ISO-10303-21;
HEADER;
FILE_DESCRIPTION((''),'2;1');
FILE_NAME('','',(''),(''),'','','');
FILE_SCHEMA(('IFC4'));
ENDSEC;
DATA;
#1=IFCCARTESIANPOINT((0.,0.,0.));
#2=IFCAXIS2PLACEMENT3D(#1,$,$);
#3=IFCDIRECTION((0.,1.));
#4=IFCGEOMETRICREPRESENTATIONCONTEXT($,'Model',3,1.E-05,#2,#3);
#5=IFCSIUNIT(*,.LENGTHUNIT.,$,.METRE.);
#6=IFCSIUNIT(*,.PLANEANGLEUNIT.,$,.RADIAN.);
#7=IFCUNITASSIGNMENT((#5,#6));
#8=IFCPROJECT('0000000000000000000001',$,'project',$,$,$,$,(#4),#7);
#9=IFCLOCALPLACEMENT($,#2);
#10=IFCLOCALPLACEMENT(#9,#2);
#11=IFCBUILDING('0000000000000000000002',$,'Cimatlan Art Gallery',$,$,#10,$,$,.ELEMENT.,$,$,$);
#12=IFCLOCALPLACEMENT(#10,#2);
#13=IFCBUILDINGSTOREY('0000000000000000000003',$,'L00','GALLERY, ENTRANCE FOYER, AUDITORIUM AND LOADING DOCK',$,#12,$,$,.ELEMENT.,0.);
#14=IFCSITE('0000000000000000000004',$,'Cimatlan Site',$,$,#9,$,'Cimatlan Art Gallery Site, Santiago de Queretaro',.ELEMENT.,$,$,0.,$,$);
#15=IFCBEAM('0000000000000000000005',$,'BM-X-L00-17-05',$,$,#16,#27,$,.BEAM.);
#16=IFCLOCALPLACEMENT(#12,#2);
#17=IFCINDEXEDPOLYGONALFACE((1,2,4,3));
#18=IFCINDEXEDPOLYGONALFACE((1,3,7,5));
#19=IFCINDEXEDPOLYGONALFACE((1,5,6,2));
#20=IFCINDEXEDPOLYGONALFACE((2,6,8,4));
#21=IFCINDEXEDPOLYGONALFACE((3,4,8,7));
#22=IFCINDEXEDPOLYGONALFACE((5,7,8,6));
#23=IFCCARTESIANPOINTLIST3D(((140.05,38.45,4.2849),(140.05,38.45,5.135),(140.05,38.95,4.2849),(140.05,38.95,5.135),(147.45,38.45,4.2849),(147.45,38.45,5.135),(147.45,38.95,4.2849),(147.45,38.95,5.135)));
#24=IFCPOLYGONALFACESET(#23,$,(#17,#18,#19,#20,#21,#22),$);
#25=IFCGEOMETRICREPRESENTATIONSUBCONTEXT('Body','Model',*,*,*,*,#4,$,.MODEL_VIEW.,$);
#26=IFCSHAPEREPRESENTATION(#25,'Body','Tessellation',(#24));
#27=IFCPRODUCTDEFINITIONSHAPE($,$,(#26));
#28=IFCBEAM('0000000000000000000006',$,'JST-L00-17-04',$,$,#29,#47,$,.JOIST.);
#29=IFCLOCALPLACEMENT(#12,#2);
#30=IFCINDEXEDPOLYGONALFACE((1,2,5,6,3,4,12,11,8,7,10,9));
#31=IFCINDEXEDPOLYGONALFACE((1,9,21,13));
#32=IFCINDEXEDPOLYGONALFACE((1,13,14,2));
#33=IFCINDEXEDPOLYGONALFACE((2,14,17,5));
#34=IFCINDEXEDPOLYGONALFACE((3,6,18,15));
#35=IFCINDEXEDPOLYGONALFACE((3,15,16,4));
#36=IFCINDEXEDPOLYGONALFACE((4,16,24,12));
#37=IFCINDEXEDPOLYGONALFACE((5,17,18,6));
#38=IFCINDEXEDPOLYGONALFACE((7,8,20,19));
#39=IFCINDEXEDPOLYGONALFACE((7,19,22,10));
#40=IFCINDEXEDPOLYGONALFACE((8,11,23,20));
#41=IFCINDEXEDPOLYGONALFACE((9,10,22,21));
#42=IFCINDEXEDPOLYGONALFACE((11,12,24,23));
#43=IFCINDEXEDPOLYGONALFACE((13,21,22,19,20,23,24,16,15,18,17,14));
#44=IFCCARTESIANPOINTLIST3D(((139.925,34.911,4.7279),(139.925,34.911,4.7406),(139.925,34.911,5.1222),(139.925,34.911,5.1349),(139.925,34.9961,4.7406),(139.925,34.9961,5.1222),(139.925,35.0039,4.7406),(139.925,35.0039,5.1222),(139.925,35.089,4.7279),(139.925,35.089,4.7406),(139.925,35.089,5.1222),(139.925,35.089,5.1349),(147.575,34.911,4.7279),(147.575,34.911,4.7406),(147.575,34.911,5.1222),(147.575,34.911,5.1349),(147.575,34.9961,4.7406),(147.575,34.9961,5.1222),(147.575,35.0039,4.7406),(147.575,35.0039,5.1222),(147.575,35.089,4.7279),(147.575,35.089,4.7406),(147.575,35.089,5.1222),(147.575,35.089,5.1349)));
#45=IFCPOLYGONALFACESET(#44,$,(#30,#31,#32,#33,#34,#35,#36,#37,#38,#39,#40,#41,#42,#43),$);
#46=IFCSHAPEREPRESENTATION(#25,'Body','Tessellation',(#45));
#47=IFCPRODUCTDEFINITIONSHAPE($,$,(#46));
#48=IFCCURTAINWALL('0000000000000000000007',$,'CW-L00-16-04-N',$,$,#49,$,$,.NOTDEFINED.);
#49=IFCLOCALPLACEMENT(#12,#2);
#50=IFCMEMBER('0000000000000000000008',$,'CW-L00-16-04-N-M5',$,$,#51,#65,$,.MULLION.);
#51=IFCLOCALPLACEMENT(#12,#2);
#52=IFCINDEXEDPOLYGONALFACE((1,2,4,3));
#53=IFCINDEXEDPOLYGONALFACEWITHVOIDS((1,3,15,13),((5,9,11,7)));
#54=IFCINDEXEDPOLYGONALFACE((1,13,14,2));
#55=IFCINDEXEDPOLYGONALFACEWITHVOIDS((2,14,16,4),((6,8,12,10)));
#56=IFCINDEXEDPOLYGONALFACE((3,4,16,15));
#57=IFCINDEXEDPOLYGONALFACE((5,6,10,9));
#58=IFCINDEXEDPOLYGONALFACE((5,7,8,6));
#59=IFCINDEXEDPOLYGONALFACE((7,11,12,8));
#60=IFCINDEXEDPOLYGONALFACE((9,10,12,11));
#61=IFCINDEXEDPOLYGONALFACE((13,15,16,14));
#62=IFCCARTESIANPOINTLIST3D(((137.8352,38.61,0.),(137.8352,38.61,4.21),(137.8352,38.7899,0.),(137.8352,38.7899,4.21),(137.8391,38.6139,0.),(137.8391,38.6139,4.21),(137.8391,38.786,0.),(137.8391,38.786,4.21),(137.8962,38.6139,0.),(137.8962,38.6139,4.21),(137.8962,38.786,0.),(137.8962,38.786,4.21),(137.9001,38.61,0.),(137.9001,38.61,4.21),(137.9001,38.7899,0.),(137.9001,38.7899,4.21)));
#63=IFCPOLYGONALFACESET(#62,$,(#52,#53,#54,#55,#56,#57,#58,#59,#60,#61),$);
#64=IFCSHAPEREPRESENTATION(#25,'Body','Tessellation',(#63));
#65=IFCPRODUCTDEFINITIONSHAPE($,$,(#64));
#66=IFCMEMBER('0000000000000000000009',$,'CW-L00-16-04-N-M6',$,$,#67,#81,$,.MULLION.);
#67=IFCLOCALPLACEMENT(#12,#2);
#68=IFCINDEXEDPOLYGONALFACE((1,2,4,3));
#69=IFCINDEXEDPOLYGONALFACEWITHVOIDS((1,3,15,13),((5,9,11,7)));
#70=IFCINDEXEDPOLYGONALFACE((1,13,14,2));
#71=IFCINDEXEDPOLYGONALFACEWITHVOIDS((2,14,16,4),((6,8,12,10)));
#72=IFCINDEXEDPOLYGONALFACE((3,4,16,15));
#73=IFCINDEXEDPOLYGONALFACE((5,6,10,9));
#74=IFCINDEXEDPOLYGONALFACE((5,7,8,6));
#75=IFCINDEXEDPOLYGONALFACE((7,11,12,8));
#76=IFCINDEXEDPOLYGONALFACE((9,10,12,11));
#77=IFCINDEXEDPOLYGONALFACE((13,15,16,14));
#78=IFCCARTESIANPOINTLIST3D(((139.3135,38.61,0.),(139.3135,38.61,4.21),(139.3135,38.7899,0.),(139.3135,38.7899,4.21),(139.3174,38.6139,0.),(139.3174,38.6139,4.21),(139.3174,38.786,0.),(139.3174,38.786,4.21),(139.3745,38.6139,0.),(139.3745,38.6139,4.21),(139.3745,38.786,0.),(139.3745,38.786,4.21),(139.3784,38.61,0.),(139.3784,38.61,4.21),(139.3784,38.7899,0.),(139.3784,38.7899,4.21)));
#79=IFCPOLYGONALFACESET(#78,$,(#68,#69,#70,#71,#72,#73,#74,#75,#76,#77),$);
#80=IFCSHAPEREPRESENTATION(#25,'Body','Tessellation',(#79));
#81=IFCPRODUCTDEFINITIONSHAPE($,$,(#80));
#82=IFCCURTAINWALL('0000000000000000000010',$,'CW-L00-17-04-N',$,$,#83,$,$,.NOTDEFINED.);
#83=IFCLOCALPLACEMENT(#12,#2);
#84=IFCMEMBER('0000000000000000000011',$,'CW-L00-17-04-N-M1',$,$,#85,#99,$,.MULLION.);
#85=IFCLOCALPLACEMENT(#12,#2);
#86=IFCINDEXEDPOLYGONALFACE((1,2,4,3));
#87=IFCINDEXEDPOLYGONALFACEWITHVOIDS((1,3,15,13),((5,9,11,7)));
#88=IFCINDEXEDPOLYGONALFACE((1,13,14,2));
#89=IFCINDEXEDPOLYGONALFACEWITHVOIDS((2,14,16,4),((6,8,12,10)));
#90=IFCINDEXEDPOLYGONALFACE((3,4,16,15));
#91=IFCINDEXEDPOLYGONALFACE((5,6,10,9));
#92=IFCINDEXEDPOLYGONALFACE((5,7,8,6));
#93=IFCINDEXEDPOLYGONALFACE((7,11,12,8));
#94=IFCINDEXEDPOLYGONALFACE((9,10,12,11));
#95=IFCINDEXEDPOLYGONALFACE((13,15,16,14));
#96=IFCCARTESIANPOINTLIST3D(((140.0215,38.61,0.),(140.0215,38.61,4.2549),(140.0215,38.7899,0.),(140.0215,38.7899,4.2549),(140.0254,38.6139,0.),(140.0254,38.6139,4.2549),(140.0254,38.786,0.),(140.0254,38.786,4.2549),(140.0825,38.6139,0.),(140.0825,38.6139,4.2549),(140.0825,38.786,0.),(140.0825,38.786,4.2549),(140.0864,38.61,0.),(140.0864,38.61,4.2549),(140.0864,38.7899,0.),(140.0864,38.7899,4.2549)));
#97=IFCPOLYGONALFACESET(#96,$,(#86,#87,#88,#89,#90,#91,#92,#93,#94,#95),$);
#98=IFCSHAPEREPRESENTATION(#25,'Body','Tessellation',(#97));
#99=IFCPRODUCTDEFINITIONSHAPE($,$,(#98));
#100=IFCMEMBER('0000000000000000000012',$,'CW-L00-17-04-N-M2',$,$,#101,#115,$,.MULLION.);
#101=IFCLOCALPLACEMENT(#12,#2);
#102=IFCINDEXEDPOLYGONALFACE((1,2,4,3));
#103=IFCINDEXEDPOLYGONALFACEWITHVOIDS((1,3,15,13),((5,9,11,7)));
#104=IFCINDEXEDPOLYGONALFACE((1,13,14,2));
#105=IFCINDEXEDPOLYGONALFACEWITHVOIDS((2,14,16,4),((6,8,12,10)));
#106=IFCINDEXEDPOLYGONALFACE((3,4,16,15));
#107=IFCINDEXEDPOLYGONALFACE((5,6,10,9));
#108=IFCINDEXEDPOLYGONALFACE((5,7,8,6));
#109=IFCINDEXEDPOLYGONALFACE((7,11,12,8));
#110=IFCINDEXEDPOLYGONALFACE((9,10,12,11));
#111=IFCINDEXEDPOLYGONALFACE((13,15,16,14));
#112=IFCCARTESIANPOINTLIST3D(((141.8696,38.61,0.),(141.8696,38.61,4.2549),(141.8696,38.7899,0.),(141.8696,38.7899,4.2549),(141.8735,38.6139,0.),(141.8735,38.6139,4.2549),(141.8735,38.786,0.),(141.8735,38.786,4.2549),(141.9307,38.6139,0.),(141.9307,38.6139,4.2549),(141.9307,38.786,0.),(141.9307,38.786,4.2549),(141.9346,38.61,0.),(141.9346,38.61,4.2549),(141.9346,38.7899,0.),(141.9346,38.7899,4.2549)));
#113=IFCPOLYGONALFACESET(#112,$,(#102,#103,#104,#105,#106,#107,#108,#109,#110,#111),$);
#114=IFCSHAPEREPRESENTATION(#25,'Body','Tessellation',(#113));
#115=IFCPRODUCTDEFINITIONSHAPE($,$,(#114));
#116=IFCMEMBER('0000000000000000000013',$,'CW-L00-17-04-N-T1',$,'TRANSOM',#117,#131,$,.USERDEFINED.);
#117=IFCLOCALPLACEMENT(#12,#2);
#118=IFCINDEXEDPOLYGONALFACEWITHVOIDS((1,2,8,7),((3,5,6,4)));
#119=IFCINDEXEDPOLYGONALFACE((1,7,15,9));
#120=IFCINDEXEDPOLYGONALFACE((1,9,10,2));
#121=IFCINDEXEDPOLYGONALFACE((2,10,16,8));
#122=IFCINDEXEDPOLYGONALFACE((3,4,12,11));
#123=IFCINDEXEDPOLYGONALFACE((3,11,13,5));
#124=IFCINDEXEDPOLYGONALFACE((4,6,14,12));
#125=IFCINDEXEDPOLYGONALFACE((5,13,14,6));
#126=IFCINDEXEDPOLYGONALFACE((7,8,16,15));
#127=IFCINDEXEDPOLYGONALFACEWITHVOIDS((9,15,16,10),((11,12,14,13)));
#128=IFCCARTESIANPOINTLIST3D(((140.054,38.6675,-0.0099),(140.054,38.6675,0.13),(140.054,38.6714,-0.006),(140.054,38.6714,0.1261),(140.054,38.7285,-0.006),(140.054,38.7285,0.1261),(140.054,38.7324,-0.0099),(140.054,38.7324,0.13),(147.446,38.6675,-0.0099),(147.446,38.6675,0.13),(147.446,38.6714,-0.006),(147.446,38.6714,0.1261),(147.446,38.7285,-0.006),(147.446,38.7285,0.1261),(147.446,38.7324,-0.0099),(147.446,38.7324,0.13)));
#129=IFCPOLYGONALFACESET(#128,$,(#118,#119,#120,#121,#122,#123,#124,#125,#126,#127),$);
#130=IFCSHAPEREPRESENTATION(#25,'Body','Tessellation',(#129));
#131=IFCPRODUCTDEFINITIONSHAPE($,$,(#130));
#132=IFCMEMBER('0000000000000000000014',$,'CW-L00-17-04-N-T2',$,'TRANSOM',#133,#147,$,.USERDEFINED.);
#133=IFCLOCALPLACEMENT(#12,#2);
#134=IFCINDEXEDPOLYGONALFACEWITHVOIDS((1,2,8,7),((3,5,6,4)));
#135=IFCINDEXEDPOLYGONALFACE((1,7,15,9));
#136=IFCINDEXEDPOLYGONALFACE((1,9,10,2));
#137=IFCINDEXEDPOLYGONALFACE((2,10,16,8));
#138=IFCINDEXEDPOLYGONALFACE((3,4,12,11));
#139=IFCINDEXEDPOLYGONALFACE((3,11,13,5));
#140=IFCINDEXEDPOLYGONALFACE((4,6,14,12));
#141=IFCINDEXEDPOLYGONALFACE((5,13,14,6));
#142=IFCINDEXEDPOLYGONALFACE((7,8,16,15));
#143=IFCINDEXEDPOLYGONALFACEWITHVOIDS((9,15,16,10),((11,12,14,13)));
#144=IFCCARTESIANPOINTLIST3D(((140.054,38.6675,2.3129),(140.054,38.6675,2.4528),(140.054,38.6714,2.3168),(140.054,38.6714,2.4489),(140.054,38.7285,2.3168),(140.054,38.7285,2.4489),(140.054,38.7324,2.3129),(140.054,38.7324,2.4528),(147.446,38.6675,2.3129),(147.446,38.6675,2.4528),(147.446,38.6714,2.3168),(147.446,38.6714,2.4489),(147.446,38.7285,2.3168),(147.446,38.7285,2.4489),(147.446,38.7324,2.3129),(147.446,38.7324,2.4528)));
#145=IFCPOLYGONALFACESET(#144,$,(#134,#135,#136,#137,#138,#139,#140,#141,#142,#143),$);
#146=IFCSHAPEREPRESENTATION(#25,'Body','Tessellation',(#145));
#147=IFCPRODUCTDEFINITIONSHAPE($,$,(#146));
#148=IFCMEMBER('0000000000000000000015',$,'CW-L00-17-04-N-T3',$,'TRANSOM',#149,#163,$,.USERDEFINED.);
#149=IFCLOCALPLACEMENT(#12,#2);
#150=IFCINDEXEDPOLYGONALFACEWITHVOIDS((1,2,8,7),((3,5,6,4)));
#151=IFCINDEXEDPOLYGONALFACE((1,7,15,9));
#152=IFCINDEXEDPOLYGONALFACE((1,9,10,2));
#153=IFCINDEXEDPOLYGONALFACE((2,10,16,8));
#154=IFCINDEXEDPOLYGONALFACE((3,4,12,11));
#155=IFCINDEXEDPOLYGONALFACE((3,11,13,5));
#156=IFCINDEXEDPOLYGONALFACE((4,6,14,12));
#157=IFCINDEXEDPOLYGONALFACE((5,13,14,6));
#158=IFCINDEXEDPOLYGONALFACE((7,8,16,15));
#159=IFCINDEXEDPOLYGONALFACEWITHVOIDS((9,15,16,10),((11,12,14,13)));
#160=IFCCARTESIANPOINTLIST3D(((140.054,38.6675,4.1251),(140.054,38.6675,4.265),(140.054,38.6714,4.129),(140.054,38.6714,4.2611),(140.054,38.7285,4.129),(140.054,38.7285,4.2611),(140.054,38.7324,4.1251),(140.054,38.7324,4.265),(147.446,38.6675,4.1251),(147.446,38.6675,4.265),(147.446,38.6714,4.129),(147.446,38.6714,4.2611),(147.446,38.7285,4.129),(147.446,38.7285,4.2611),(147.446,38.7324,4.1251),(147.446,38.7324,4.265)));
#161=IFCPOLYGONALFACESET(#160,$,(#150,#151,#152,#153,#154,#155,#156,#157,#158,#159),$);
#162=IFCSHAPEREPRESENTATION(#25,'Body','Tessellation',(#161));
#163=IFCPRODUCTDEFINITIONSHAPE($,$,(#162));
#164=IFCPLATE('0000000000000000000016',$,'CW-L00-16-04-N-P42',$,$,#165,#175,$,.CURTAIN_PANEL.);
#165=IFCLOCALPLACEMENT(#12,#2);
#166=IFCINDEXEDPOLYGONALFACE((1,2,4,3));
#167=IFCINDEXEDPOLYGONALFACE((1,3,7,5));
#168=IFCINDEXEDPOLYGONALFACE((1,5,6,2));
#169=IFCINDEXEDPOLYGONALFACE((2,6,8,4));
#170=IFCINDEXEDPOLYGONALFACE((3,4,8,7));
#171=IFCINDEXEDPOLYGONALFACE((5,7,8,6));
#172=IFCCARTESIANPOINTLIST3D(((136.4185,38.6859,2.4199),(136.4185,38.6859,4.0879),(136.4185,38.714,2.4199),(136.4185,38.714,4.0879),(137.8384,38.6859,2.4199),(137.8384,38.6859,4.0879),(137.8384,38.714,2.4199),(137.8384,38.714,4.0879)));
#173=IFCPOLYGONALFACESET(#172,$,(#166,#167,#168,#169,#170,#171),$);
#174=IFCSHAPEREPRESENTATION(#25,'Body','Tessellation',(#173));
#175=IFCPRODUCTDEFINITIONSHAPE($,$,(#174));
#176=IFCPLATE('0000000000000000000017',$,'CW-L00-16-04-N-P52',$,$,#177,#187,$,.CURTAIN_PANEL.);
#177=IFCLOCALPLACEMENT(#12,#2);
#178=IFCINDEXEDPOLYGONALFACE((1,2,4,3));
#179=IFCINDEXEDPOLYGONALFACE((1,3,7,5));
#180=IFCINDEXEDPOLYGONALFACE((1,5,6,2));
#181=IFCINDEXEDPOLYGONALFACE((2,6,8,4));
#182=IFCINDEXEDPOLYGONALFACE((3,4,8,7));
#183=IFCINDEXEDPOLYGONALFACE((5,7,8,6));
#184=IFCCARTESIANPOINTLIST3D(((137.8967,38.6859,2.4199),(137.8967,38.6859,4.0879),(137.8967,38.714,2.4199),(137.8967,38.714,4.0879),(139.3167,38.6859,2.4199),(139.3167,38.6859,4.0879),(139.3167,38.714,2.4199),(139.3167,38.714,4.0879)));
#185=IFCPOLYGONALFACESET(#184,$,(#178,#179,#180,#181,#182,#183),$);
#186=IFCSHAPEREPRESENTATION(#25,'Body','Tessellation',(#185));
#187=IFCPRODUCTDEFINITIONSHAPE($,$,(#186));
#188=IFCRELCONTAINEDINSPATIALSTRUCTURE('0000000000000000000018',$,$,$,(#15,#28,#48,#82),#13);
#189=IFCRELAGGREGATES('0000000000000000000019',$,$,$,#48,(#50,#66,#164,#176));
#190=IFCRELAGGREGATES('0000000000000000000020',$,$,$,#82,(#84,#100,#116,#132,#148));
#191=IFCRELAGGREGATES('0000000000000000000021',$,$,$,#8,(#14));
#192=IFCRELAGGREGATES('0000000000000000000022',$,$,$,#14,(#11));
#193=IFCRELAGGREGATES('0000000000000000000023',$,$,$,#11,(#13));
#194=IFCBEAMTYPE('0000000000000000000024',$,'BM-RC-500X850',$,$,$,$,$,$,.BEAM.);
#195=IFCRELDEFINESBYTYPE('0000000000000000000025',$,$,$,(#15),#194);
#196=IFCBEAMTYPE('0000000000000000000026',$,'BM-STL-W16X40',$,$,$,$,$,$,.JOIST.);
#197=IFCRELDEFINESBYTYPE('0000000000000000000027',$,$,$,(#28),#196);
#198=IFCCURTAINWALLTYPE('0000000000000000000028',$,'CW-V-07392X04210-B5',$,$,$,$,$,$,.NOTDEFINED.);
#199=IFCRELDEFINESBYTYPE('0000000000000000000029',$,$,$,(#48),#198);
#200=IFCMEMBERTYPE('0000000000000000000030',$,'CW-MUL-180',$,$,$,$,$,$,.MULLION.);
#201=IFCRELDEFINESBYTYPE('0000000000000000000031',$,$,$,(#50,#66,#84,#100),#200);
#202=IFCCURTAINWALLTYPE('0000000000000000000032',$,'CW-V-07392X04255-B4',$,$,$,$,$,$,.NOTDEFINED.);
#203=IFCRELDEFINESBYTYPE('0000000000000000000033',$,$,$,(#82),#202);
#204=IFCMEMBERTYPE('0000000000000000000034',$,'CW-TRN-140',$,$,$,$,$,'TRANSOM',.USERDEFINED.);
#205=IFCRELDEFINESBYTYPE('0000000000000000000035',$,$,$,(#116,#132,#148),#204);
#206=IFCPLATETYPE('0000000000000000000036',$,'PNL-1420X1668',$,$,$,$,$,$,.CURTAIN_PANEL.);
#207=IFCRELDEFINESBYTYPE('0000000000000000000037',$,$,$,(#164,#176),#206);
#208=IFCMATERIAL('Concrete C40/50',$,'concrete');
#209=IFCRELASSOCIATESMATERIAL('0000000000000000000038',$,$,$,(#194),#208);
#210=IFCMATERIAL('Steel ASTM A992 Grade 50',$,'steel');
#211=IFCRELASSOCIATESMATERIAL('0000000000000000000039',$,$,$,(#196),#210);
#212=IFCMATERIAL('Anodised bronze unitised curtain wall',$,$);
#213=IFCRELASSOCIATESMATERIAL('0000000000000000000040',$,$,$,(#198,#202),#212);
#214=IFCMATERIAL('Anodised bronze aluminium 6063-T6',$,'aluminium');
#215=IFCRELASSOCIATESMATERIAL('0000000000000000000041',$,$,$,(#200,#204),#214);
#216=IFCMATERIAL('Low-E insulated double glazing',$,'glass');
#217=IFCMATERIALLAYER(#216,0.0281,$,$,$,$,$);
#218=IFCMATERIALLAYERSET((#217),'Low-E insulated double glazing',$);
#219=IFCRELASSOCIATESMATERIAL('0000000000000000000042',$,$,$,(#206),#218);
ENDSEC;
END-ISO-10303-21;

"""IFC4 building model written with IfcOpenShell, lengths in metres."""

from ifc_helpers import new_model, si_unit, direction, frame, origin, origin_2d, place, context, subcontext, project, spatial, rectangle, hollow_rectangle, i_section, extrude, material, layer, layer_set, material_profile, profile_set, type_object, element, aggregate, save


model = new_model("IFC4")

# Units and contexts
model_context = context("Model", 3, precision=1e-05, world=origin(), true_north=direction((0.0, 1.0)))
body_context = subcontext(model_context, "Body", "Model", "MODEL_VIEW")
ifc_project = project(units=[si_unit("LENGTHUNIT", "METRE"), si_unit("PLANEANGLEUNIT", "RADIAN")], contexts=[model_context])

# Site, building, storey
site_placement = place(None, origin())
site = spatial("IfcSite", under=ifc_project, at=site_placement, Name="Cimatlan Site", LongName="Cimatlan Art Gallery Site, Santiago de Queretaro", CompositionType="ELEMENT", RefElevation=0.0)
building_placement = place(site_placement, origin())
building = spatial("IfcBuilding", under=site, at=building_placement, Name="Cimatlan Art Gallery", CompositionType="ELEMENT")
storey_placement = place(building_placement, origin())
storey = spatial("IfcBuildingStorey", under=building, at=storey_placement, Name="L00", Description="GALLERY, ENTRANCE FOYER, AUDITORIUM AND LOADING DOCK", CompositionType="ELEMENT", Elevation=0.0)

# Shared definitions
ifc_material_1 = material(Name="Concrete C40/50", Category="concrete")

# Beams
ifc_material_profile_1 = material_profile(ifc_material_1, rectangle(XDim=0.5, YDim=0.8501, at=origin_2d()), Name="RC500X850")
ifc_profile_set_1 = profile_set([ifc_material_profile_1], Name="Concrete C40/50")
beam_type_1 = type_object("IfcBeamType", Name="BM-RC-500X850", PredefinedType="BEAM", material=ifc_profile_set_1)
beam_1_placement = place(storey_placement, frame((140.05, 38.7, 4.71), z_axis=(1.0, 0.0, 0.0), x_axis=(0.0, 1.0, 0.0)))
element("IfcBeam", 1, at=beam_1_placement, inside=storey, type_object=beam_type_1, Name="BM-X-L00-17-05", PredefinedType="BEAM", context=body_context, shape_type="SweptSolid", body=[
    extrude(rectangle(XDim=0.5, YDim=0.8501, at=origin_2d()), origin(), (0.0, 0.0, 1.0), 7.3999),
])
ifc_material_2 = material(Name="Steel ASTM A992 Grade 50", Category="steel")
ifc_material_profile_2 = material_profile(ifc_material_2, i_section(OverallWidth=0.178, OverallDepth=0.407, WebThickness=0.0078, FlangeThickness=0.0127, at=origin_2d()), Name="W16X40")
ifc_profile_set_2 = profile_set([ifc_material_profile_2], Name="Steel ASTM A992 Grade 50")
beam_type_2 = type_object("IfcBeamType", Name="BM-STL-W16X40", PredefinedType="JOIST", material=ifc_profile_set_2)
beam_2_placement = place(storey_placement, frame((139.925, 35.0, 4.9314), z_axis=(1.0, 0.0, 0.0), x_axis=(0.0, 1.0, 0.0)))
element("IfcBeam", 2, at=beam_2_placement, inside=storey, type_object=beam_type_2, Name="JST-L00-17-04", PredefinedType="JOIST", context=body_context, shape_type="SweptSolid", body=[
    extrude(i_section(OverallWidth=0.178, OverallDepth=0.407, WebThickness=0.0078, FlangeThickness=0.0127, at=origin_2d()), origin(), (0.0, 0.0, 1.0), 7.6499),
])

# Curtain walls, members
ifc_material_3 = material(Name="Anodised bronze unitised curtain wall")
curtain_wall_type_1 = type_object("IfcCurtainWallType", Name="CW-V-07392X04210-B5", PredefinedType="NOTDEFINED", material=ifc_material_3)
curtain_wall_1_placement = place(storey_placement, origin())
curtain_wall_1 = element("IfcCurtainWall", 3, at=curtain_wall_1_placement, inside=storey, type_object=curtain_wall_type_1, Name="CW-L00-16-04-N", PredefinedType="NOTDEFINED")
ifc_material_4 = material(Name="Anodised bronze aluminium 6063-T6", Category="aluminium")
ifc_material_profile_3 = material_profile(ifc_material_4, hollow_rectangle(XDim=0.0649, YDim=0.1799, WallThickness=0.0039, at=origin_2d()), Name="ALU65X180X4")
ifc_profile_set_3 = profile_set([ifc_material_profile_3], Name="Anodised bronze aluminium 6063-T6")
member_type_1 = type_object("IfcMemberType", Name="CW-MUL-180", PredefinedType="MULLION", material=ifc_profile_set_3)
member_1_placement = place(storey_placement, frame((137.8677, 38.7, 0.0), z_axis=(0.0, 0.0, 1.0), x_axis=(1.0, 0.0, 0.0)))
member_1 = element("IfcMember", 4, at=member_1_placement, type_object=member_type_1, Name="CW-L00-16-04-N-M5", PredefinedType="MULLION", context=body_context, shape_type="SweptSolid", body=[
    extrude(hollow_rectangle(XDim=0.0649, YDim=0.1799, WallThickness=0.0039, at=origin_2d()), origin(), (0.0, 0.0, 1.0), 4.21),
])
member_2_placement = place(storey_placement, frame((139.3459, 38.7, 0.0), z_axis=(0.0, 0.0, 1.0), x_axis=(1.0, 0.0, 0.0)))
member_2 = element("IfcMember", 5, at=member_2_placement, type_object=member_type_1, Name="CW-L00-16-04-N-M6", PredefinedType="MULLION", context=body_context, shape_type="SweptSolid", body=[
    extrude(hollow_rectangle(XDim=0.0649, YDim=0.1799, WallThickness=0.0039, at=origin_2d()), origin(), (0.0, 0.0, 1.0), 4.21),
])
curtain_wall_type_2 = type_object("IfcCurtainWallType", Name="CW-V-07392X04255-B4", PredefinedType="NOTDEFINED", material=ifc_material_3)
curtain_wall_2_placement = place(storey_placement, origin())
curtain_wall_2 = element("IfcCurtainWall", 6, at=curtain_wall_2_placement, inside=storey, type_object=curtain_wall_type_2, Name="CW-L00-17-04-N", PredefinedType="NOTDEFINED")
member_3_placement = place(storey_placement, frame((140.054, 38.7, 0.0), z_axis=(0.0, 0.0, 1.0), x_axis=(1.0, 0.0, 0.0)))
member_3 = element("IfcMember", 7, at=member_3_placement, type_object=member_type_1, Name="CW-L00-17-04-N-M1", PredefinedType="MULLION", context=body_context, shape_type="SweptSolid", body=[
    extrude(hollow_rectangle(XDim=0.0649, YDim=0.1799, WallThickness=0.0039, at=origin_2d()), origin(), (0.0, 0.0, 1.0), 4.2549),
])
member_4_placement = place(storey_placement, frame((141.9021, 38.7, 0.0), z_axis=(0.0, 0.0, 1.0), x_axis=(1.0, 0.0, 0.0)))
member_4 = element("IfcMember", 8, at=member_4_placement, type_object=member_type_1, Name="CW-L00-17-04-N-M2", PredefinedType="MULLION", context=body_context, shape_type="SweptSolid", body=[
    extrude(hollow_rectangle(XDim=0.0649, YDim=0.1799, WallThickness=0.0039, at=origin_2d()), origin(), (0.0, 0.0, 1.0), 4.2549),
])
ifc_material_profile_4 = material_profile(ifc_material_4, hollow_rectangle(XDim=0.0649, YDim=0.1399, WallThickness=0.0039, at=origin_2d()), Name="ALU65X140X4")
ifc_profile_set_4 = profile_set([ifc_material_profile_4], Name="Anodised bronze aluminium 6063-T6")
member_type_2 = type_object("IfcMemberType", Name="CW-TRN-140", ElementType="TRANSOM", PredefinedType="USERDEFINED", material=ifc_profile_set_4)
member_5_placement = place(storey_placement, frame((140.054, 38.7, 0.0601), z_axis=(1.0, 0.0, 0.0), x_axis=(0.0, 1.0, 0.0)))
member_5 = element("IfcMember", 9, at=member_5_placement, type_object=member_type_2, Name="CW-L00-17-04-N-T1", ObjectType="TRANSOM", PredefinedType="USERDEFINED", context=body_context, shape_type="SweptSolid", body=[
    extrude(hollow_rectangle(XDim=0.0649, YDim=0.1399, WallThickness=0.0039, at=origin_2d()), origin(), (0.0, 0.0, 1.0), 7.3921),
])
member_6_placement = place(storey_placement, frame((140.054, 38.7, 2.3828), z_axis=(1.0, 0.0, 0.0), x_axis=(0.0, 1.0, 0.0)))
member_6 = element("IfcMember", 10, at=member_6_placement, type_object=member_type_2, Name="CW-L00-17-04-N-T2", ObjectType="TRANSOM", PredefinedType="USERDEFINED", context=body_context, shape_type="SweptSolid", body=[
    extrude(hollow_rectangle(XDim=0.0649, YDim=0.1399, WallThickness=0.0039, at=origin_2d()), origin(), (0.0, 0.0, 1.0), 7.3921),
])
member_7_placement = place(storey_placement, frame((140.054, 38.7, 4.1951), z_axis=(1.0, 0.0, 0.0), x_axis=(0.0, 1.0, 0.0)))
member_7 = element("IfcMember", 11, at=member_7_placement, type_object=member_type_2, Name="CW-L00-17-04-N-T3", ObjectType="TRANSOM", PredefinedType="USERDEFINED", context=body_context, shape_type="SweptSolid", body=[
    extrude(hollow_rectangle(XDim=0.0649, YDim=0.1399, WallThickness=0.0039, at=origin_2d()), origin(), (0.0, 0.0, 1.0), 7.3921),
])

# Plates
ifc_material_5 = material(Name="Low-E insulated double glazing", Category="glass")
ifc_layer_1 = layer(ifc_material_5, 0.0281)
ifc_layer_set_1 = layer_set([ifc_layer_1], Name="Low-E insulated double glazing")
plate_type_1 = type_object("IfcPlateType", Name="PNL-1420X1668", PredefinedType="CURTAIN_PANEL", material=ifc_layer_set_1)
plate_1_placement = place(storey_placement, frame((137.1284, 38.7, 2.4199), z_axis=(0.0, 0.0, 1.0), x_axis=(1.0, 0.0, 0.0)))
plate_1 = element("IfcPlate", 12, at=plate_1_placement, type_object=plate_type_1, Name="CW-L00-16-04-N-P42", PredefinedType="CURTAIN_PANEL", context=body_context, shape_type="SweptSolid", body=[
    extrude(rectangle(XDim=1.4199, YDim=0.0281, at=origin_2d()), origin(), (0.0, 0.0, 1.0), 1.668),
])
plate_2_placement = place(storey_placement, frame((138.6067, 38.7, 2.4199), z_axis=(0.0, 0.0, 1.0), x_axis=(1.0, 0.0, 0.0)))
plate_2 = element("IfcPlate", 13, at=plate_2_placement, type_object=plate_type_1, Name="CW-L00-16-04-N-P52", PredefinedType="CURTAIN_PANEL", context=body_context, shape_type="SweptSolid", body=[
    extrude(rectangle(XDim=1.4199, YDim=0.0281, at=origin_2d()), origin(), (0.0, 0.0, 1.0), 1.668),
])
aggregate(curtain_wall_1, [member_1, member_2, plate_1, plate_2])
aggregate(curtain_wall_2, [member_3, member_4, member_5, member_6, member_7])

save(model, "model.ifc")
